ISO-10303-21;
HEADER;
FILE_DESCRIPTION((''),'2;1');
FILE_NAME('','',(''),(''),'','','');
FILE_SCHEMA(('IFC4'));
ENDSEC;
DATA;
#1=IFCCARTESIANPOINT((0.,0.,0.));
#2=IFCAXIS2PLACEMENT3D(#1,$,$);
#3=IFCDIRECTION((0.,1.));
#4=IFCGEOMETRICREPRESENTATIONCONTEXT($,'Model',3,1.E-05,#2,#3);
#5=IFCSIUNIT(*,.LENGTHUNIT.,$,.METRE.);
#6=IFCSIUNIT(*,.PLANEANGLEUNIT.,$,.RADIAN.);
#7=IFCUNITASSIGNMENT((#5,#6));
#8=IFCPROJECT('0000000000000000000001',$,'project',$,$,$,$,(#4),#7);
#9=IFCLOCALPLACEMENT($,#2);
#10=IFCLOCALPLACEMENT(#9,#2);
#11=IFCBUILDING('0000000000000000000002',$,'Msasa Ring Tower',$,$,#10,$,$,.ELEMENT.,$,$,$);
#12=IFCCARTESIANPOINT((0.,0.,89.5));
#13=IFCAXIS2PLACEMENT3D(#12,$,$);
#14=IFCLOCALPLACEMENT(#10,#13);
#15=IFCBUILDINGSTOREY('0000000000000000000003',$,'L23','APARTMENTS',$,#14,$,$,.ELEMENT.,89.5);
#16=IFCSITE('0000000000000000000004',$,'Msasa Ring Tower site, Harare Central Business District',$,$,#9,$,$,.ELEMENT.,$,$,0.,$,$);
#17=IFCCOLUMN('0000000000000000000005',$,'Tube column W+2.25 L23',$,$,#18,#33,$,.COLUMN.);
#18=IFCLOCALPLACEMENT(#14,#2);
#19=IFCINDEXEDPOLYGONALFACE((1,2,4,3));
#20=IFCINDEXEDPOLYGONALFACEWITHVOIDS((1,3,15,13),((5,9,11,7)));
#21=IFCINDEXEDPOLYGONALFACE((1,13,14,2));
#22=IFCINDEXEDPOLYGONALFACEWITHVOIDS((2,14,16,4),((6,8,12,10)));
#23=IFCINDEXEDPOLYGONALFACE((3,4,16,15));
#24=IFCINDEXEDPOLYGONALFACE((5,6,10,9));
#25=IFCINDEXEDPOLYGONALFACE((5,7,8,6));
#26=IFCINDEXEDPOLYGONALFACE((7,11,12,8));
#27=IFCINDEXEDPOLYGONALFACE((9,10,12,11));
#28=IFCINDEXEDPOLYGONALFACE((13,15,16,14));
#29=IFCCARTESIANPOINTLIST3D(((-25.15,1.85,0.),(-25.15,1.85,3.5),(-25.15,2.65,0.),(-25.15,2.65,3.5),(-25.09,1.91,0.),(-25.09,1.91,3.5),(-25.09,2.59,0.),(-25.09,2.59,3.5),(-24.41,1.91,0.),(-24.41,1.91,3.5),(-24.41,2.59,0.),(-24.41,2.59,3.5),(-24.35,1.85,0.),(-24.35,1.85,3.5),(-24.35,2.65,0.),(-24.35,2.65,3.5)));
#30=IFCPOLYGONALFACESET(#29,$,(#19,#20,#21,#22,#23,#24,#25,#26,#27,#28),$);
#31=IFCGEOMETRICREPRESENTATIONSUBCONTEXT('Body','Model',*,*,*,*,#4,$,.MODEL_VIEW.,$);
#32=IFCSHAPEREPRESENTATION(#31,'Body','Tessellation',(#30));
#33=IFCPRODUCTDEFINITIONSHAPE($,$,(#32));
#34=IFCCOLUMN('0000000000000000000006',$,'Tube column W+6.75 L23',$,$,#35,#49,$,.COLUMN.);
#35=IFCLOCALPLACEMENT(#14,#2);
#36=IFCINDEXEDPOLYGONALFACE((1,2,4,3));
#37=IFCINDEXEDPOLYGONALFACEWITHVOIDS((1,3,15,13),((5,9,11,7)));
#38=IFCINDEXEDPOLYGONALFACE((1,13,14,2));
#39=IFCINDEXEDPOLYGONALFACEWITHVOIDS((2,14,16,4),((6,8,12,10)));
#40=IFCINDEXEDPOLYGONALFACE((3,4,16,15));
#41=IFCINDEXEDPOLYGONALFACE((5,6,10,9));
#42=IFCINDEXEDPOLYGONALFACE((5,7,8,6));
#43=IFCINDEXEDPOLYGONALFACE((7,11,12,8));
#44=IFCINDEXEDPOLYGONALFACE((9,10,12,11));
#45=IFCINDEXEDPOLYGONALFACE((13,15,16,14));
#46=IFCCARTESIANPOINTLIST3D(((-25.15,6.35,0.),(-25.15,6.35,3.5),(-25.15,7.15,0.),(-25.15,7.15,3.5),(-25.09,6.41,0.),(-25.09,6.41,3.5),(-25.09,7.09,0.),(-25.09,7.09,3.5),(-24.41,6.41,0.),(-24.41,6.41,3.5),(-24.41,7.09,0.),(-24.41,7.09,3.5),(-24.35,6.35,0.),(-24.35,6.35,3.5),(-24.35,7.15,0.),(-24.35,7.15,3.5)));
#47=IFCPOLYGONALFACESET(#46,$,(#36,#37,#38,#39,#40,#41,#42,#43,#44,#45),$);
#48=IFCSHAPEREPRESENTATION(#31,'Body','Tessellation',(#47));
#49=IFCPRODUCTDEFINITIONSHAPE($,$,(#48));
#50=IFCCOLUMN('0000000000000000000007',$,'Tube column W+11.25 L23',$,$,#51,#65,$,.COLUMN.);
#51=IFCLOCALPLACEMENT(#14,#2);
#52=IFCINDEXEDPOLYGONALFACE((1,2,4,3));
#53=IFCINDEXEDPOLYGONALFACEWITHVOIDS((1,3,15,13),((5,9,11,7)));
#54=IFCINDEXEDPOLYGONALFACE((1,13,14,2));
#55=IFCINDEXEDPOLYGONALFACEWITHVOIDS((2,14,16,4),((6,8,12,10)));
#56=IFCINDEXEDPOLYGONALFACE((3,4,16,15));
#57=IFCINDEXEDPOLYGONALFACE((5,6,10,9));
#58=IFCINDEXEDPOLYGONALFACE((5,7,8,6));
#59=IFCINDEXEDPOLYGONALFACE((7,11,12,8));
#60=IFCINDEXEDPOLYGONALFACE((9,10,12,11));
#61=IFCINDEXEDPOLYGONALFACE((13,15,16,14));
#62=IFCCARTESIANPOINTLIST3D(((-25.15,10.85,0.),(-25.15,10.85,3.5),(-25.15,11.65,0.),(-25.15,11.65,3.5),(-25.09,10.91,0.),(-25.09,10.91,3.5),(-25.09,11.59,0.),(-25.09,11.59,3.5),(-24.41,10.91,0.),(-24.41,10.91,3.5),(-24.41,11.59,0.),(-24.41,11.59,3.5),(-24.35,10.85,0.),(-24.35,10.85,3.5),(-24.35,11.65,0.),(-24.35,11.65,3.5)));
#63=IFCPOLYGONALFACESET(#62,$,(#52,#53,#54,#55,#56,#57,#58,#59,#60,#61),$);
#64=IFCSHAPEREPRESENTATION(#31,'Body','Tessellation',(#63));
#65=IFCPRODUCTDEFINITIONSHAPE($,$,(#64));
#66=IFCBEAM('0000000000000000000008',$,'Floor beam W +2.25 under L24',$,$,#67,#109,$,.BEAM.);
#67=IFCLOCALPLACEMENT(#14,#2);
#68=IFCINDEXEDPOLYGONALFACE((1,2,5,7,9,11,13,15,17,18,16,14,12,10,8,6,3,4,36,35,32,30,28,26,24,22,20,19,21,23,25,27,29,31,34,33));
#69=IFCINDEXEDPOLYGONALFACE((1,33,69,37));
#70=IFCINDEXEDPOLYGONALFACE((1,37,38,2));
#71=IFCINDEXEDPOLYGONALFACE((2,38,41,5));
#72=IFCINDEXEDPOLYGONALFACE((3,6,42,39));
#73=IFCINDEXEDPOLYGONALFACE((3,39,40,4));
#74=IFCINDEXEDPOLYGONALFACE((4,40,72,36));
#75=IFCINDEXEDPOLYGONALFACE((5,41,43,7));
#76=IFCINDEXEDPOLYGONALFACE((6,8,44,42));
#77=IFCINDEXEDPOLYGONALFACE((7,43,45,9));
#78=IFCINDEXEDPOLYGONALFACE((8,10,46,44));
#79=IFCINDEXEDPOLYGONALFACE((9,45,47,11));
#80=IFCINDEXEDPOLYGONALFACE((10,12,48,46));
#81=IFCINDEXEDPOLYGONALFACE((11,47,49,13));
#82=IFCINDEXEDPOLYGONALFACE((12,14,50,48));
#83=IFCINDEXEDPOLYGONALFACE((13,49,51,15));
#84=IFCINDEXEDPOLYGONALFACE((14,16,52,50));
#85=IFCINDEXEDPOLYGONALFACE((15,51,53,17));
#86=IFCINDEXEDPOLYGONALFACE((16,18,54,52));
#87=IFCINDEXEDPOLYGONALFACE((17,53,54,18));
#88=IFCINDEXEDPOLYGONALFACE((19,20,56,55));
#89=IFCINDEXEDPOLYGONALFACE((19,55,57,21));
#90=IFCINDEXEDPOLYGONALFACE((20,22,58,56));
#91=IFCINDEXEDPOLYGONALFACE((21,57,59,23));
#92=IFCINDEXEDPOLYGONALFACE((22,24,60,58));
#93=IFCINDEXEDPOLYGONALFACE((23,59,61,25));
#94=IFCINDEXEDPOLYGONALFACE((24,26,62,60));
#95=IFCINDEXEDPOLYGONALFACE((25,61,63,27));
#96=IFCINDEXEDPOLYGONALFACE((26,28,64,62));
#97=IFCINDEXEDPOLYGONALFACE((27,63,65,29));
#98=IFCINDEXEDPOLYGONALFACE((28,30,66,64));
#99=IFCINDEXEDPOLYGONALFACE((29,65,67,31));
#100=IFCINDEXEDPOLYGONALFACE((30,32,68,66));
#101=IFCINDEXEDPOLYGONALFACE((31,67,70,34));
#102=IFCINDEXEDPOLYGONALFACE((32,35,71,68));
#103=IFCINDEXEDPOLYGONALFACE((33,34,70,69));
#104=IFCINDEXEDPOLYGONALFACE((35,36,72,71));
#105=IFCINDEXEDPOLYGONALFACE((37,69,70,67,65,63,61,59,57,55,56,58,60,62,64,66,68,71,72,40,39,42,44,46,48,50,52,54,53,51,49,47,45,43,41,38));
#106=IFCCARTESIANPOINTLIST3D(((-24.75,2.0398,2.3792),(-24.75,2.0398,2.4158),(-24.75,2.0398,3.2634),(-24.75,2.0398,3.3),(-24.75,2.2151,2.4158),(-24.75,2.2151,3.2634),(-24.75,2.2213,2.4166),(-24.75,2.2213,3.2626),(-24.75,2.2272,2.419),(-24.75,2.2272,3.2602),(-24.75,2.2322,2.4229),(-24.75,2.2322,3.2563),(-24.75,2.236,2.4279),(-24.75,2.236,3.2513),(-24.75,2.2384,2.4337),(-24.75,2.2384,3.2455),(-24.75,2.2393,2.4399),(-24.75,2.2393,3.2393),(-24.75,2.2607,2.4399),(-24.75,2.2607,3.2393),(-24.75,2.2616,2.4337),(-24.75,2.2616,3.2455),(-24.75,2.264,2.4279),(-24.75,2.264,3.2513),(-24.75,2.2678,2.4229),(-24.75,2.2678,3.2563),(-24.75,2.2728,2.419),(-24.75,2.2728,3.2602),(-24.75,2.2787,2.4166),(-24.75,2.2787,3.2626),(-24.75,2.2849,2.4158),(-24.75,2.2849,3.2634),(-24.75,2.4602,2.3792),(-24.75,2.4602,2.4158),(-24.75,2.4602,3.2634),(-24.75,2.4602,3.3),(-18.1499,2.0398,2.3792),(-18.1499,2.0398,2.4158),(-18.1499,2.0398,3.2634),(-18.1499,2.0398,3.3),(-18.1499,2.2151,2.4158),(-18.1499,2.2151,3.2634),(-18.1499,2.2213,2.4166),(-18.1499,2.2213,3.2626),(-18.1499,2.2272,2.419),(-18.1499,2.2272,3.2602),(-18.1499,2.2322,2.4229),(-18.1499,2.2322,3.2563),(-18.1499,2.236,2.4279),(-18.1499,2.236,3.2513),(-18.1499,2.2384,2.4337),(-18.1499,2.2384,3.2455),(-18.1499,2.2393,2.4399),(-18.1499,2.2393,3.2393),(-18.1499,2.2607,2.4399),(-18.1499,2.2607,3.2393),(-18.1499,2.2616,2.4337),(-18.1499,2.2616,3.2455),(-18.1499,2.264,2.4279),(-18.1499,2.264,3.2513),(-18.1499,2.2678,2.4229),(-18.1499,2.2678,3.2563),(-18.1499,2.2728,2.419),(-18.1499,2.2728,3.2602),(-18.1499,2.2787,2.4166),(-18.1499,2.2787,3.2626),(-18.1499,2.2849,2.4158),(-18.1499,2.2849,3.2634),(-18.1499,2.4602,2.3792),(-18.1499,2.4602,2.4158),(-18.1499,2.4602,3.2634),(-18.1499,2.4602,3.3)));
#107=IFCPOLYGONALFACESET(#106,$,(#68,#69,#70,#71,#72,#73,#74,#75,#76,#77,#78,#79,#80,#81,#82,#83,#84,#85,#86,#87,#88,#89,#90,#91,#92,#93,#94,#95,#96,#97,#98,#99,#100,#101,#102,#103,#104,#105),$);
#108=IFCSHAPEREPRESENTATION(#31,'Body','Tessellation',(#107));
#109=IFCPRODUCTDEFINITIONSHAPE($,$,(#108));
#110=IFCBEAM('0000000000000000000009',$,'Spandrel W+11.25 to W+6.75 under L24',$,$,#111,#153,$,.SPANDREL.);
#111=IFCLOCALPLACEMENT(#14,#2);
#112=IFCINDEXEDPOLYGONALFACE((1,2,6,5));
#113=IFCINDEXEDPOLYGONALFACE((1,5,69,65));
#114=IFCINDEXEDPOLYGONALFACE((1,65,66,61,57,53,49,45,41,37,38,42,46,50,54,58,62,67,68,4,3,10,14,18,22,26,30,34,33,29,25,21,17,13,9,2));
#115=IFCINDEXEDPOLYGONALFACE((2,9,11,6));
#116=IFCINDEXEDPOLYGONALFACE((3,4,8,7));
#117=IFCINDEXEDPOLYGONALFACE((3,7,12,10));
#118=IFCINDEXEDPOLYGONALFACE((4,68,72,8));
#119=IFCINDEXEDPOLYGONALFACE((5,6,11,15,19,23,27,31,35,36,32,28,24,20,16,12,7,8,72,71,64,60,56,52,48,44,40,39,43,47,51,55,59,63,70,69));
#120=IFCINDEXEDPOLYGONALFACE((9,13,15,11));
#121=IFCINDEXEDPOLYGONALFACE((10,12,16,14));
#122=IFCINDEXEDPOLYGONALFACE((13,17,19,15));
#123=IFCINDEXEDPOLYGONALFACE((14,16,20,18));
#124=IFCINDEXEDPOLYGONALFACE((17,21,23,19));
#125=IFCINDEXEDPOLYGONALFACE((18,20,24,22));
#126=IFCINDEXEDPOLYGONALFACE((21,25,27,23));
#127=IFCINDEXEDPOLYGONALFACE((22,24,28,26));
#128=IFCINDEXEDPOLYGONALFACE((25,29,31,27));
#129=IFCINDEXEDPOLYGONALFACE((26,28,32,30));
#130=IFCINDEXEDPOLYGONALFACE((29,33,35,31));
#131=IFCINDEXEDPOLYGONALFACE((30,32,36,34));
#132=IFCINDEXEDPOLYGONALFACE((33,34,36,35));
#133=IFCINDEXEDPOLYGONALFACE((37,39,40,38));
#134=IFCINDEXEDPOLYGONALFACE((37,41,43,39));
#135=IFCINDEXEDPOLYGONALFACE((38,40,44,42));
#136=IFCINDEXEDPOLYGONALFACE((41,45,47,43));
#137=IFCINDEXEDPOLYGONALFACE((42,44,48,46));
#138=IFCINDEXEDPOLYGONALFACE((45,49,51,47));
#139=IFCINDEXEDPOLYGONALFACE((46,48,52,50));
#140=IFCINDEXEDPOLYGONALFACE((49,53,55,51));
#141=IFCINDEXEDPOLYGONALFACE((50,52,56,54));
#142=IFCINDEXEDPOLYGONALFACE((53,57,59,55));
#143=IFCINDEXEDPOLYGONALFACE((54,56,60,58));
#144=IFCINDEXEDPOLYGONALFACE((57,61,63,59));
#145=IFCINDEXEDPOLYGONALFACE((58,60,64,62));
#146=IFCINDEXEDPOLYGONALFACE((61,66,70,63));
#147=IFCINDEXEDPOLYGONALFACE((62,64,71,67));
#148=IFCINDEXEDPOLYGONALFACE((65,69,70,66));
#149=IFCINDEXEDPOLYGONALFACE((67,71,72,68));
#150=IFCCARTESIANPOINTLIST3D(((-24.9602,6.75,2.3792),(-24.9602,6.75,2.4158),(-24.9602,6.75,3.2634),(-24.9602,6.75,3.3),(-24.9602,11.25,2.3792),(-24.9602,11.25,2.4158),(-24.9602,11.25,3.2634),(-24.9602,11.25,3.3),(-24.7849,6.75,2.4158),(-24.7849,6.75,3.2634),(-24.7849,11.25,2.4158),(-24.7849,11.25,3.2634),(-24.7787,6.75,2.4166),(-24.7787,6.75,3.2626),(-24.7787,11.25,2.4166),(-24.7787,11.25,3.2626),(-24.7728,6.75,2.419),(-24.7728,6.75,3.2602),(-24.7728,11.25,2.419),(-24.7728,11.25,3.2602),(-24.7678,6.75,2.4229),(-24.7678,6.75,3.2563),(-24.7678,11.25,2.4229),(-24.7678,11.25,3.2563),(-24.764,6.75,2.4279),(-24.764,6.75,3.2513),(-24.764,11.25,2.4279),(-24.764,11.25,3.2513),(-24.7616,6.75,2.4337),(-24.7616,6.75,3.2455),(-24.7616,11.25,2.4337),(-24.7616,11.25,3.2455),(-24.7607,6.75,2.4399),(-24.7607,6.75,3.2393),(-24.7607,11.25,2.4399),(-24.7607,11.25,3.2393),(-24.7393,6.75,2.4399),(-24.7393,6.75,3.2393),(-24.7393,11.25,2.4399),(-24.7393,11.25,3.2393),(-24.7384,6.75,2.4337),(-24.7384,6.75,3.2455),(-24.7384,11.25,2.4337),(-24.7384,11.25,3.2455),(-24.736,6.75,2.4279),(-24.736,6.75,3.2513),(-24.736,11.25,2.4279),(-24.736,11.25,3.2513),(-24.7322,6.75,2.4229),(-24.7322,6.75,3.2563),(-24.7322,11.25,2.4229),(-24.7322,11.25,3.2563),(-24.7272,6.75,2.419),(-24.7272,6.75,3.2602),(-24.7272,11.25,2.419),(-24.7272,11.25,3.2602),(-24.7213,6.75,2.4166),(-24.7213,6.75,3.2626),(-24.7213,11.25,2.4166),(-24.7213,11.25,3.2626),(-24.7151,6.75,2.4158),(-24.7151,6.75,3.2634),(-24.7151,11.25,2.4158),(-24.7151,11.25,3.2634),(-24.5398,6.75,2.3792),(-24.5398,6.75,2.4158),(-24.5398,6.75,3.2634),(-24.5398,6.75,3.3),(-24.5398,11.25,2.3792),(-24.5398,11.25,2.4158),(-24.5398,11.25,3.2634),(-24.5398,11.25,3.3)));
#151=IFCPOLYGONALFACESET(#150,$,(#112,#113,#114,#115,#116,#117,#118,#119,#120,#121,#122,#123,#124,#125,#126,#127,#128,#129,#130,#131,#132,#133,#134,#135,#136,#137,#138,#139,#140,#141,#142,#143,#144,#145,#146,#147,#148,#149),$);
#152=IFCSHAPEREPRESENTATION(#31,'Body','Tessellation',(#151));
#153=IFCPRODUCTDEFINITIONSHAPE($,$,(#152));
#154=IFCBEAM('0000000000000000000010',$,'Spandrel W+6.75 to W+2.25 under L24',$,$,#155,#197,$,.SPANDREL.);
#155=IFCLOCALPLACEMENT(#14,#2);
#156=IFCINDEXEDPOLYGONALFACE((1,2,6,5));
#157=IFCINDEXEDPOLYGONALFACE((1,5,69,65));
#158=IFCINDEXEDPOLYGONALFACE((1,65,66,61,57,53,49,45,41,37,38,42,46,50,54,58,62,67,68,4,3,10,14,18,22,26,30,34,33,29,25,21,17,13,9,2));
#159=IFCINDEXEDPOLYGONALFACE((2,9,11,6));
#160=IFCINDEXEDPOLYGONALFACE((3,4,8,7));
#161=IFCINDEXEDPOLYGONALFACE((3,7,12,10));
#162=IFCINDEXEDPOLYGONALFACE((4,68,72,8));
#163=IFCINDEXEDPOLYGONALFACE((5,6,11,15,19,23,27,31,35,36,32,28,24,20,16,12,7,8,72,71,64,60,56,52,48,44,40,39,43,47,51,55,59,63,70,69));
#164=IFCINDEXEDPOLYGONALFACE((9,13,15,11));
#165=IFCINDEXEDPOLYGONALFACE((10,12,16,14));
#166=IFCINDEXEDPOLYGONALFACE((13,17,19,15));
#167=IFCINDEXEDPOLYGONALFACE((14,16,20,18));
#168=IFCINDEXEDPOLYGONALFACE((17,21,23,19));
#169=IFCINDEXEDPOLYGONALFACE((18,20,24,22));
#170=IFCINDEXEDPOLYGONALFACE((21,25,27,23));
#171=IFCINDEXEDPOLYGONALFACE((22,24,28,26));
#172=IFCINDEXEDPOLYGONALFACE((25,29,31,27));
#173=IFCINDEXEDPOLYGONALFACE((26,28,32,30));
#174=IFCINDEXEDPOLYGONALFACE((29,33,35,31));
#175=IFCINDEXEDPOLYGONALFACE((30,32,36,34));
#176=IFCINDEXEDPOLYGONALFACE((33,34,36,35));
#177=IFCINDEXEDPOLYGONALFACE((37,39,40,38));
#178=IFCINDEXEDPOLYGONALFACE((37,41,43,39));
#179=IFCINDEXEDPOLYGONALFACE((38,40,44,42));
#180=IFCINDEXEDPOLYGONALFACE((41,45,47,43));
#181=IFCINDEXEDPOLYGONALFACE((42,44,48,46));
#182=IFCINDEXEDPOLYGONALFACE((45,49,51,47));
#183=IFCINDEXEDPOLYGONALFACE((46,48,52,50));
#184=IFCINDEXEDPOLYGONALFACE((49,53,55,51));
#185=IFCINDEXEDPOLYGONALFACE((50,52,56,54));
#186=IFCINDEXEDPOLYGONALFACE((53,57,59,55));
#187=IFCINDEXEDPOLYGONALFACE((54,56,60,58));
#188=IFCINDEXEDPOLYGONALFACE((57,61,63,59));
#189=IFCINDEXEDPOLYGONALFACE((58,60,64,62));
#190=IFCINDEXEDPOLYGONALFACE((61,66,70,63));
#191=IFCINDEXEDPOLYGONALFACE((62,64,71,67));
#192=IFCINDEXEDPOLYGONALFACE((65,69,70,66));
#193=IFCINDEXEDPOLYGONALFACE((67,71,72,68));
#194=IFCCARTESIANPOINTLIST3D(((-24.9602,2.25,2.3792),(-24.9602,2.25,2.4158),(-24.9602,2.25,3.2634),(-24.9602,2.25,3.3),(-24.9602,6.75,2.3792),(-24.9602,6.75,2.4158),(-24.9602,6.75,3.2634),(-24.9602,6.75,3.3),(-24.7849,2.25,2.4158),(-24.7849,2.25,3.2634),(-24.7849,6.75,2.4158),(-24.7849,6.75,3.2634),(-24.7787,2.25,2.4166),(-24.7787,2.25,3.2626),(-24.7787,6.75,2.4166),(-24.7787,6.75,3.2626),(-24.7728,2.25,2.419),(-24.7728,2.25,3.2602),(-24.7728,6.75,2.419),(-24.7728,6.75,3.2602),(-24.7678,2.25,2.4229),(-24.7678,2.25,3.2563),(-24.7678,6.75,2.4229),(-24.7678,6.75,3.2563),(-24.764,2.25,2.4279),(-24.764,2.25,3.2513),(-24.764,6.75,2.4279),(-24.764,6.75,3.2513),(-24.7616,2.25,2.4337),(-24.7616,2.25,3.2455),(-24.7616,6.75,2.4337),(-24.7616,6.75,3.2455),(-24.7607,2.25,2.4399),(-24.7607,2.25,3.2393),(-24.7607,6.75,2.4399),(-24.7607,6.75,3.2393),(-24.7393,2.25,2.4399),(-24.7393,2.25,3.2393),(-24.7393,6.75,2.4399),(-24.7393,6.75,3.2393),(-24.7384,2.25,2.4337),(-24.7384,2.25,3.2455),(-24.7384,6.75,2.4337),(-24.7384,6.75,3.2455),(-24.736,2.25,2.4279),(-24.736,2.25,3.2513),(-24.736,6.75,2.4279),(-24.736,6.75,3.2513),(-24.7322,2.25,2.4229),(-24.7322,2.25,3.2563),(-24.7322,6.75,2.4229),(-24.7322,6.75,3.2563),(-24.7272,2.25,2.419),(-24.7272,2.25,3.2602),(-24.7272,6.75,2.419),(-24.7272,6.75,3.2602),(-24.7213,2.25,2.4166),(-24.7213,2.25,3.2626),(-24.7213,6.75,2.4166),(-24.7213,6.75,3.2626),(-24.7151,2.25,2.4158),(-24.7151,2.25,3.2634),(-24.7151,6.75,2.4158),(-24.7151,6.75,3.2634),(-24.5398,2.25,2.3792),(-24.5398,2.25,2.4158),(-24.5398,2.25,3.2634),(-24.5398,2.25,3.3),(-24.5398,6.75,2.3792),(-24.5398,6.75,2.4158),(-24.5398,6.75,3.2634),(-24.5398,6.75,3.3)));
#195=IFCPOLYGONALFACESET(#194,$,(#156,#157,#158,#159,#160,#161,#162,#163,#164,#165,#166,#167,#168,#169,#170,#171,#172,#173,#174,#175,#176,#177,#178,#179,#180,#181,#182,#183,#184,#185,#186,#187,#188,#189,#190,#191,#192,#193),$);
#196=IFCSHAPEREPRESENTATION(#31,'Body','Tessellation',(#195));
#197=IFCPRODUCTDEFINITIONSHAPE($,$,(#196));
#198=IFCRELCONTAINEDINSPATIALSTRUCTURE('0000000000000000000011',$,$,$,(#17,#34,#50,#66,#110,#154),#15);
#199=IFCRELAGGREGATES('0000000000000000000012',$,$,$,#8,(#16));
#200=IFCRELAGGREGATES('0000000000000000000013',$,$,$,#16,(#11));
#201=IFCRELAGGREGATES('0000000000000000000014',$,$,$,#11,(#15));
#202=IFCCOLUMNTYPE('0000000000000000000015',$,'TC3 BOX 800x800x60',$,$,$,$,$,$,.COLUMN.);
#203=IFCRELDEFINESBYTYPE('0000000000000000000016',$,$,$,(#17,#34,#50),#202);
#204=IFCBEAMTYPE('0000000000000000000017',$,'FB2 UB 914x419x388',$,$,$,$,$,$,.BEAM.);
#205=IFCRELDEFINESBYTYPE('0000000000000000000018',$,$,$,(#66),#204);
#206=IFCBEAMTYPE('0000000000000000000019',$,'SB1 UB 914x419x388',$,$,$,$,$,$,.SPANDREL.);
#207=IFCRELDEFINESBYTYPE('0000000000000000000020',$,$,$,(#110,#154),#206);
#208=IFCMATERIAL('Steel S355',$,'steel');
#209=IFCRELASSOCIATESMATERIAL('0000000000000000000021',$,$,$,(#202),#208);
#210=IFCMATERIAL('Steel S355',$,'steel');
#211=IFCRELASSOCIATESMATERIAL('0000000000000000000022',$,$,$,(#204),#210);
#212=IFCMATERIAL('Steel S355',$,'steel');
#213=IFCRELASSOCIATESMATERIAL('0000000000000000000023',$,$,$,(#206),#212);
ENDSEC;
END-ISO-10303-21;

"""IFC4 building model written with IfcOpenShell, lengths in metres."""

from ifc_helpers import new_model, si_unit, direction, frame, origin, origin_2d, place, context, subcontext, project, spatial, hollow_rectangle, i_section, extrude, material, material_profile, profile_set, type_object, element, save


model = new_model("IFC4")

# Units and contexts
model_context = context("Model", 3, precision=1e-05, world=origin(), true_north=direction((0.0, 1.0)))
body_context = subcontext(model_context, "Body", "Model", "MODEL_VIEW")
ifc_project = project(units=[si_unit("LENGTHUNIT", "METRE"), si_unit("PLANEANGLEUNIT", "RADIAN")], contexts=[model_context])

# Site, building, storey
site_placement = place(None, origin())
site = spatial("IfcSite", under=ifc_project, at=site_placement, Name="Msasa Ring Tower site, Harare Central Business District", CompositionType="ELEMENT", RefElevation=0.0)
building_placement = place(site_placement, origin())
building = spatial("IfcBuilding", under=site, at=building_placement, Name="Msasa Ring Tower", CompositionType="ELEMENT")
storey_placement = place(building_placement, frame((0.0, 0.0, 89.5)))
storey = spatial("IfcBuildingStorey", under=building, at=storey_placement, Name="L23", Description="APARTMENTS", CompositionType="ELEMENT", Elevation=89.5)

# Columns
ifc_material_1 = material(Name="Steel S355", Category="steel")
ifc_material_profile_1 = material_profile(ifc_material_1, hollow_rectangle(XDim=0.8, YDim=0.8, WallThickness=0.0601, at=origin_2d()), Name="BOX 800x800x60")
ifc_profile_set_1 = profile_set([ifc_material_profile_1], Name="Steel S355")
column_type = type_object("IfcColumnType", Name="TC3 BOX 800x800x60", PredefinedType="COLUMN", material=ifc_profile_set_1)
for number, where, z_axis, x_axis, name in (
    (1, (-24.75, 2.25, 0.0), (0.0, 0.0, 1.0), (1.0, 0.0, 0.0), "Tube column W+2.25 L23"),
    (2, (-24.75, 6.75, 0.0), (0.0, 0.0, 1.0), (1.0, 0.0, 0.0), "Tube column W+6.75 L23"),
    (3, (-24.75, 11.25, 0.0), (0.0, 0.0, 1.0), (1.0, 0.0, 0.0), "Tube column W+11.25 L23"),
):
    element("IfcColumn", number, at=place(storey_placement, frame(where, z_axis=z_axis, x_axis=x_axis)), inside=storey, type_object=column_type, Name=name, PredefinedType="COLUMN", context=body_context, shape_type="SweptSolid", body=[
        extrude(hollow_rectangle(XDim=0.8, YDim=0.8, WallThickness=0.0601, at=origin_2d()), origin(), (0.0, 0.0, 1.0), 3.5),
    ])

# Beams
ifc_material_2 = material(Name="Steel S355", Category="steel")
ifc_material_profile_2 = material_profile(ifc_material_2, i_section(OverallWidth=0.4204, OverallDepth=0.9209, WebThickness=0.0215, FlangeThickness=0.0366, FilletRadius=0.0242, at=origin_2d()), Name="UB 914x419x388")
ifc_profile_set_2 = profile_set([ifc_material_profile_2], Name="Steel S355")
beam_type_1 = type_object("IfcBeamType", Name="FB2 UB 914x419x388", PredefinedType="BEAM", material=ifc_profile_set_2)
beam_placement = place(storey_placement, frame((-24.75, 2.25, 2.8396), z_axis=(1.0, 0.0, 0.0), x_axis=(0.0, 1.0, 0.0)))
element("IfcBeam", 4, at=beam_placement, inside=storey, type_object=beam_type_1, Name="Floor beam W +2.25 under L24", PredefinedType="BEAM", context=body_context, shape_type="SweptSolid", body=[
    extrude(i_section(OverallWidth=0.4204, OverallDepth=0.9209, WebThickness=0.0215, FlangeThickness=0.0366, FilletRadius=0.0242, at=origin_2d()), origin(), (0.0, 0.0, 1.0), 6.6001),
])
ifc_material_3 = material(Name="Steel S355", Category="steel")
ifc_material_profile_3 = material_profile(ifc_material_3, i_section(OverallWidth=0.4204, OverallDepth=0.9209, WebThickness=0.0215, FlangeThickness=0.0366, FilletRadius=0.0242, at=origin_2d()), Name="UB 914x419x388")
ifc_profile_set_3 = profile_set([ifc_material_profile_3], Name="Steel S355")
beam_type_2 = type_object("IfcBeamType", Name="SB1 UB 914x419x388", PredefinedType="SPANDREL", material=ifc_profile_set_3)
for number, where, z_axis, x_axis, name in (
    (5, (-24.75, 11.25, 2.8396), (0.0, -1.0, 0.0), (1.0, 0.0, 0.0), "Spandrel W+11.25 to W+6.75 under L24"),
    (6, (-24.75, 6.75, 2.8396), (0.0, -1.0, 0.0), (1.0, 0.0, 0.0), "Spandrel W+6.75 to W+2.25 under L24"),
):
    element("IfcBeam", number, at=place(storey_placement, frame(where, z_axis=z_axis, x_axis=x_axis)), inside=storey, type_object=beam_type_2, Name=name, PredefinedType="SPANDREL", context=body_context, shape_type="SweptSolid", body=[
        extrude(i_section(OverallWidth=0.4204, OverallDepth=0.9209, WebThickness=0.0215, FlangeThickness=0.0366, FilletRadius=0.0242, at=origin_2d()), origin(), (0.0, 0.0, 1.0), 4.5),
    ])

save(model, "model.ifc")
